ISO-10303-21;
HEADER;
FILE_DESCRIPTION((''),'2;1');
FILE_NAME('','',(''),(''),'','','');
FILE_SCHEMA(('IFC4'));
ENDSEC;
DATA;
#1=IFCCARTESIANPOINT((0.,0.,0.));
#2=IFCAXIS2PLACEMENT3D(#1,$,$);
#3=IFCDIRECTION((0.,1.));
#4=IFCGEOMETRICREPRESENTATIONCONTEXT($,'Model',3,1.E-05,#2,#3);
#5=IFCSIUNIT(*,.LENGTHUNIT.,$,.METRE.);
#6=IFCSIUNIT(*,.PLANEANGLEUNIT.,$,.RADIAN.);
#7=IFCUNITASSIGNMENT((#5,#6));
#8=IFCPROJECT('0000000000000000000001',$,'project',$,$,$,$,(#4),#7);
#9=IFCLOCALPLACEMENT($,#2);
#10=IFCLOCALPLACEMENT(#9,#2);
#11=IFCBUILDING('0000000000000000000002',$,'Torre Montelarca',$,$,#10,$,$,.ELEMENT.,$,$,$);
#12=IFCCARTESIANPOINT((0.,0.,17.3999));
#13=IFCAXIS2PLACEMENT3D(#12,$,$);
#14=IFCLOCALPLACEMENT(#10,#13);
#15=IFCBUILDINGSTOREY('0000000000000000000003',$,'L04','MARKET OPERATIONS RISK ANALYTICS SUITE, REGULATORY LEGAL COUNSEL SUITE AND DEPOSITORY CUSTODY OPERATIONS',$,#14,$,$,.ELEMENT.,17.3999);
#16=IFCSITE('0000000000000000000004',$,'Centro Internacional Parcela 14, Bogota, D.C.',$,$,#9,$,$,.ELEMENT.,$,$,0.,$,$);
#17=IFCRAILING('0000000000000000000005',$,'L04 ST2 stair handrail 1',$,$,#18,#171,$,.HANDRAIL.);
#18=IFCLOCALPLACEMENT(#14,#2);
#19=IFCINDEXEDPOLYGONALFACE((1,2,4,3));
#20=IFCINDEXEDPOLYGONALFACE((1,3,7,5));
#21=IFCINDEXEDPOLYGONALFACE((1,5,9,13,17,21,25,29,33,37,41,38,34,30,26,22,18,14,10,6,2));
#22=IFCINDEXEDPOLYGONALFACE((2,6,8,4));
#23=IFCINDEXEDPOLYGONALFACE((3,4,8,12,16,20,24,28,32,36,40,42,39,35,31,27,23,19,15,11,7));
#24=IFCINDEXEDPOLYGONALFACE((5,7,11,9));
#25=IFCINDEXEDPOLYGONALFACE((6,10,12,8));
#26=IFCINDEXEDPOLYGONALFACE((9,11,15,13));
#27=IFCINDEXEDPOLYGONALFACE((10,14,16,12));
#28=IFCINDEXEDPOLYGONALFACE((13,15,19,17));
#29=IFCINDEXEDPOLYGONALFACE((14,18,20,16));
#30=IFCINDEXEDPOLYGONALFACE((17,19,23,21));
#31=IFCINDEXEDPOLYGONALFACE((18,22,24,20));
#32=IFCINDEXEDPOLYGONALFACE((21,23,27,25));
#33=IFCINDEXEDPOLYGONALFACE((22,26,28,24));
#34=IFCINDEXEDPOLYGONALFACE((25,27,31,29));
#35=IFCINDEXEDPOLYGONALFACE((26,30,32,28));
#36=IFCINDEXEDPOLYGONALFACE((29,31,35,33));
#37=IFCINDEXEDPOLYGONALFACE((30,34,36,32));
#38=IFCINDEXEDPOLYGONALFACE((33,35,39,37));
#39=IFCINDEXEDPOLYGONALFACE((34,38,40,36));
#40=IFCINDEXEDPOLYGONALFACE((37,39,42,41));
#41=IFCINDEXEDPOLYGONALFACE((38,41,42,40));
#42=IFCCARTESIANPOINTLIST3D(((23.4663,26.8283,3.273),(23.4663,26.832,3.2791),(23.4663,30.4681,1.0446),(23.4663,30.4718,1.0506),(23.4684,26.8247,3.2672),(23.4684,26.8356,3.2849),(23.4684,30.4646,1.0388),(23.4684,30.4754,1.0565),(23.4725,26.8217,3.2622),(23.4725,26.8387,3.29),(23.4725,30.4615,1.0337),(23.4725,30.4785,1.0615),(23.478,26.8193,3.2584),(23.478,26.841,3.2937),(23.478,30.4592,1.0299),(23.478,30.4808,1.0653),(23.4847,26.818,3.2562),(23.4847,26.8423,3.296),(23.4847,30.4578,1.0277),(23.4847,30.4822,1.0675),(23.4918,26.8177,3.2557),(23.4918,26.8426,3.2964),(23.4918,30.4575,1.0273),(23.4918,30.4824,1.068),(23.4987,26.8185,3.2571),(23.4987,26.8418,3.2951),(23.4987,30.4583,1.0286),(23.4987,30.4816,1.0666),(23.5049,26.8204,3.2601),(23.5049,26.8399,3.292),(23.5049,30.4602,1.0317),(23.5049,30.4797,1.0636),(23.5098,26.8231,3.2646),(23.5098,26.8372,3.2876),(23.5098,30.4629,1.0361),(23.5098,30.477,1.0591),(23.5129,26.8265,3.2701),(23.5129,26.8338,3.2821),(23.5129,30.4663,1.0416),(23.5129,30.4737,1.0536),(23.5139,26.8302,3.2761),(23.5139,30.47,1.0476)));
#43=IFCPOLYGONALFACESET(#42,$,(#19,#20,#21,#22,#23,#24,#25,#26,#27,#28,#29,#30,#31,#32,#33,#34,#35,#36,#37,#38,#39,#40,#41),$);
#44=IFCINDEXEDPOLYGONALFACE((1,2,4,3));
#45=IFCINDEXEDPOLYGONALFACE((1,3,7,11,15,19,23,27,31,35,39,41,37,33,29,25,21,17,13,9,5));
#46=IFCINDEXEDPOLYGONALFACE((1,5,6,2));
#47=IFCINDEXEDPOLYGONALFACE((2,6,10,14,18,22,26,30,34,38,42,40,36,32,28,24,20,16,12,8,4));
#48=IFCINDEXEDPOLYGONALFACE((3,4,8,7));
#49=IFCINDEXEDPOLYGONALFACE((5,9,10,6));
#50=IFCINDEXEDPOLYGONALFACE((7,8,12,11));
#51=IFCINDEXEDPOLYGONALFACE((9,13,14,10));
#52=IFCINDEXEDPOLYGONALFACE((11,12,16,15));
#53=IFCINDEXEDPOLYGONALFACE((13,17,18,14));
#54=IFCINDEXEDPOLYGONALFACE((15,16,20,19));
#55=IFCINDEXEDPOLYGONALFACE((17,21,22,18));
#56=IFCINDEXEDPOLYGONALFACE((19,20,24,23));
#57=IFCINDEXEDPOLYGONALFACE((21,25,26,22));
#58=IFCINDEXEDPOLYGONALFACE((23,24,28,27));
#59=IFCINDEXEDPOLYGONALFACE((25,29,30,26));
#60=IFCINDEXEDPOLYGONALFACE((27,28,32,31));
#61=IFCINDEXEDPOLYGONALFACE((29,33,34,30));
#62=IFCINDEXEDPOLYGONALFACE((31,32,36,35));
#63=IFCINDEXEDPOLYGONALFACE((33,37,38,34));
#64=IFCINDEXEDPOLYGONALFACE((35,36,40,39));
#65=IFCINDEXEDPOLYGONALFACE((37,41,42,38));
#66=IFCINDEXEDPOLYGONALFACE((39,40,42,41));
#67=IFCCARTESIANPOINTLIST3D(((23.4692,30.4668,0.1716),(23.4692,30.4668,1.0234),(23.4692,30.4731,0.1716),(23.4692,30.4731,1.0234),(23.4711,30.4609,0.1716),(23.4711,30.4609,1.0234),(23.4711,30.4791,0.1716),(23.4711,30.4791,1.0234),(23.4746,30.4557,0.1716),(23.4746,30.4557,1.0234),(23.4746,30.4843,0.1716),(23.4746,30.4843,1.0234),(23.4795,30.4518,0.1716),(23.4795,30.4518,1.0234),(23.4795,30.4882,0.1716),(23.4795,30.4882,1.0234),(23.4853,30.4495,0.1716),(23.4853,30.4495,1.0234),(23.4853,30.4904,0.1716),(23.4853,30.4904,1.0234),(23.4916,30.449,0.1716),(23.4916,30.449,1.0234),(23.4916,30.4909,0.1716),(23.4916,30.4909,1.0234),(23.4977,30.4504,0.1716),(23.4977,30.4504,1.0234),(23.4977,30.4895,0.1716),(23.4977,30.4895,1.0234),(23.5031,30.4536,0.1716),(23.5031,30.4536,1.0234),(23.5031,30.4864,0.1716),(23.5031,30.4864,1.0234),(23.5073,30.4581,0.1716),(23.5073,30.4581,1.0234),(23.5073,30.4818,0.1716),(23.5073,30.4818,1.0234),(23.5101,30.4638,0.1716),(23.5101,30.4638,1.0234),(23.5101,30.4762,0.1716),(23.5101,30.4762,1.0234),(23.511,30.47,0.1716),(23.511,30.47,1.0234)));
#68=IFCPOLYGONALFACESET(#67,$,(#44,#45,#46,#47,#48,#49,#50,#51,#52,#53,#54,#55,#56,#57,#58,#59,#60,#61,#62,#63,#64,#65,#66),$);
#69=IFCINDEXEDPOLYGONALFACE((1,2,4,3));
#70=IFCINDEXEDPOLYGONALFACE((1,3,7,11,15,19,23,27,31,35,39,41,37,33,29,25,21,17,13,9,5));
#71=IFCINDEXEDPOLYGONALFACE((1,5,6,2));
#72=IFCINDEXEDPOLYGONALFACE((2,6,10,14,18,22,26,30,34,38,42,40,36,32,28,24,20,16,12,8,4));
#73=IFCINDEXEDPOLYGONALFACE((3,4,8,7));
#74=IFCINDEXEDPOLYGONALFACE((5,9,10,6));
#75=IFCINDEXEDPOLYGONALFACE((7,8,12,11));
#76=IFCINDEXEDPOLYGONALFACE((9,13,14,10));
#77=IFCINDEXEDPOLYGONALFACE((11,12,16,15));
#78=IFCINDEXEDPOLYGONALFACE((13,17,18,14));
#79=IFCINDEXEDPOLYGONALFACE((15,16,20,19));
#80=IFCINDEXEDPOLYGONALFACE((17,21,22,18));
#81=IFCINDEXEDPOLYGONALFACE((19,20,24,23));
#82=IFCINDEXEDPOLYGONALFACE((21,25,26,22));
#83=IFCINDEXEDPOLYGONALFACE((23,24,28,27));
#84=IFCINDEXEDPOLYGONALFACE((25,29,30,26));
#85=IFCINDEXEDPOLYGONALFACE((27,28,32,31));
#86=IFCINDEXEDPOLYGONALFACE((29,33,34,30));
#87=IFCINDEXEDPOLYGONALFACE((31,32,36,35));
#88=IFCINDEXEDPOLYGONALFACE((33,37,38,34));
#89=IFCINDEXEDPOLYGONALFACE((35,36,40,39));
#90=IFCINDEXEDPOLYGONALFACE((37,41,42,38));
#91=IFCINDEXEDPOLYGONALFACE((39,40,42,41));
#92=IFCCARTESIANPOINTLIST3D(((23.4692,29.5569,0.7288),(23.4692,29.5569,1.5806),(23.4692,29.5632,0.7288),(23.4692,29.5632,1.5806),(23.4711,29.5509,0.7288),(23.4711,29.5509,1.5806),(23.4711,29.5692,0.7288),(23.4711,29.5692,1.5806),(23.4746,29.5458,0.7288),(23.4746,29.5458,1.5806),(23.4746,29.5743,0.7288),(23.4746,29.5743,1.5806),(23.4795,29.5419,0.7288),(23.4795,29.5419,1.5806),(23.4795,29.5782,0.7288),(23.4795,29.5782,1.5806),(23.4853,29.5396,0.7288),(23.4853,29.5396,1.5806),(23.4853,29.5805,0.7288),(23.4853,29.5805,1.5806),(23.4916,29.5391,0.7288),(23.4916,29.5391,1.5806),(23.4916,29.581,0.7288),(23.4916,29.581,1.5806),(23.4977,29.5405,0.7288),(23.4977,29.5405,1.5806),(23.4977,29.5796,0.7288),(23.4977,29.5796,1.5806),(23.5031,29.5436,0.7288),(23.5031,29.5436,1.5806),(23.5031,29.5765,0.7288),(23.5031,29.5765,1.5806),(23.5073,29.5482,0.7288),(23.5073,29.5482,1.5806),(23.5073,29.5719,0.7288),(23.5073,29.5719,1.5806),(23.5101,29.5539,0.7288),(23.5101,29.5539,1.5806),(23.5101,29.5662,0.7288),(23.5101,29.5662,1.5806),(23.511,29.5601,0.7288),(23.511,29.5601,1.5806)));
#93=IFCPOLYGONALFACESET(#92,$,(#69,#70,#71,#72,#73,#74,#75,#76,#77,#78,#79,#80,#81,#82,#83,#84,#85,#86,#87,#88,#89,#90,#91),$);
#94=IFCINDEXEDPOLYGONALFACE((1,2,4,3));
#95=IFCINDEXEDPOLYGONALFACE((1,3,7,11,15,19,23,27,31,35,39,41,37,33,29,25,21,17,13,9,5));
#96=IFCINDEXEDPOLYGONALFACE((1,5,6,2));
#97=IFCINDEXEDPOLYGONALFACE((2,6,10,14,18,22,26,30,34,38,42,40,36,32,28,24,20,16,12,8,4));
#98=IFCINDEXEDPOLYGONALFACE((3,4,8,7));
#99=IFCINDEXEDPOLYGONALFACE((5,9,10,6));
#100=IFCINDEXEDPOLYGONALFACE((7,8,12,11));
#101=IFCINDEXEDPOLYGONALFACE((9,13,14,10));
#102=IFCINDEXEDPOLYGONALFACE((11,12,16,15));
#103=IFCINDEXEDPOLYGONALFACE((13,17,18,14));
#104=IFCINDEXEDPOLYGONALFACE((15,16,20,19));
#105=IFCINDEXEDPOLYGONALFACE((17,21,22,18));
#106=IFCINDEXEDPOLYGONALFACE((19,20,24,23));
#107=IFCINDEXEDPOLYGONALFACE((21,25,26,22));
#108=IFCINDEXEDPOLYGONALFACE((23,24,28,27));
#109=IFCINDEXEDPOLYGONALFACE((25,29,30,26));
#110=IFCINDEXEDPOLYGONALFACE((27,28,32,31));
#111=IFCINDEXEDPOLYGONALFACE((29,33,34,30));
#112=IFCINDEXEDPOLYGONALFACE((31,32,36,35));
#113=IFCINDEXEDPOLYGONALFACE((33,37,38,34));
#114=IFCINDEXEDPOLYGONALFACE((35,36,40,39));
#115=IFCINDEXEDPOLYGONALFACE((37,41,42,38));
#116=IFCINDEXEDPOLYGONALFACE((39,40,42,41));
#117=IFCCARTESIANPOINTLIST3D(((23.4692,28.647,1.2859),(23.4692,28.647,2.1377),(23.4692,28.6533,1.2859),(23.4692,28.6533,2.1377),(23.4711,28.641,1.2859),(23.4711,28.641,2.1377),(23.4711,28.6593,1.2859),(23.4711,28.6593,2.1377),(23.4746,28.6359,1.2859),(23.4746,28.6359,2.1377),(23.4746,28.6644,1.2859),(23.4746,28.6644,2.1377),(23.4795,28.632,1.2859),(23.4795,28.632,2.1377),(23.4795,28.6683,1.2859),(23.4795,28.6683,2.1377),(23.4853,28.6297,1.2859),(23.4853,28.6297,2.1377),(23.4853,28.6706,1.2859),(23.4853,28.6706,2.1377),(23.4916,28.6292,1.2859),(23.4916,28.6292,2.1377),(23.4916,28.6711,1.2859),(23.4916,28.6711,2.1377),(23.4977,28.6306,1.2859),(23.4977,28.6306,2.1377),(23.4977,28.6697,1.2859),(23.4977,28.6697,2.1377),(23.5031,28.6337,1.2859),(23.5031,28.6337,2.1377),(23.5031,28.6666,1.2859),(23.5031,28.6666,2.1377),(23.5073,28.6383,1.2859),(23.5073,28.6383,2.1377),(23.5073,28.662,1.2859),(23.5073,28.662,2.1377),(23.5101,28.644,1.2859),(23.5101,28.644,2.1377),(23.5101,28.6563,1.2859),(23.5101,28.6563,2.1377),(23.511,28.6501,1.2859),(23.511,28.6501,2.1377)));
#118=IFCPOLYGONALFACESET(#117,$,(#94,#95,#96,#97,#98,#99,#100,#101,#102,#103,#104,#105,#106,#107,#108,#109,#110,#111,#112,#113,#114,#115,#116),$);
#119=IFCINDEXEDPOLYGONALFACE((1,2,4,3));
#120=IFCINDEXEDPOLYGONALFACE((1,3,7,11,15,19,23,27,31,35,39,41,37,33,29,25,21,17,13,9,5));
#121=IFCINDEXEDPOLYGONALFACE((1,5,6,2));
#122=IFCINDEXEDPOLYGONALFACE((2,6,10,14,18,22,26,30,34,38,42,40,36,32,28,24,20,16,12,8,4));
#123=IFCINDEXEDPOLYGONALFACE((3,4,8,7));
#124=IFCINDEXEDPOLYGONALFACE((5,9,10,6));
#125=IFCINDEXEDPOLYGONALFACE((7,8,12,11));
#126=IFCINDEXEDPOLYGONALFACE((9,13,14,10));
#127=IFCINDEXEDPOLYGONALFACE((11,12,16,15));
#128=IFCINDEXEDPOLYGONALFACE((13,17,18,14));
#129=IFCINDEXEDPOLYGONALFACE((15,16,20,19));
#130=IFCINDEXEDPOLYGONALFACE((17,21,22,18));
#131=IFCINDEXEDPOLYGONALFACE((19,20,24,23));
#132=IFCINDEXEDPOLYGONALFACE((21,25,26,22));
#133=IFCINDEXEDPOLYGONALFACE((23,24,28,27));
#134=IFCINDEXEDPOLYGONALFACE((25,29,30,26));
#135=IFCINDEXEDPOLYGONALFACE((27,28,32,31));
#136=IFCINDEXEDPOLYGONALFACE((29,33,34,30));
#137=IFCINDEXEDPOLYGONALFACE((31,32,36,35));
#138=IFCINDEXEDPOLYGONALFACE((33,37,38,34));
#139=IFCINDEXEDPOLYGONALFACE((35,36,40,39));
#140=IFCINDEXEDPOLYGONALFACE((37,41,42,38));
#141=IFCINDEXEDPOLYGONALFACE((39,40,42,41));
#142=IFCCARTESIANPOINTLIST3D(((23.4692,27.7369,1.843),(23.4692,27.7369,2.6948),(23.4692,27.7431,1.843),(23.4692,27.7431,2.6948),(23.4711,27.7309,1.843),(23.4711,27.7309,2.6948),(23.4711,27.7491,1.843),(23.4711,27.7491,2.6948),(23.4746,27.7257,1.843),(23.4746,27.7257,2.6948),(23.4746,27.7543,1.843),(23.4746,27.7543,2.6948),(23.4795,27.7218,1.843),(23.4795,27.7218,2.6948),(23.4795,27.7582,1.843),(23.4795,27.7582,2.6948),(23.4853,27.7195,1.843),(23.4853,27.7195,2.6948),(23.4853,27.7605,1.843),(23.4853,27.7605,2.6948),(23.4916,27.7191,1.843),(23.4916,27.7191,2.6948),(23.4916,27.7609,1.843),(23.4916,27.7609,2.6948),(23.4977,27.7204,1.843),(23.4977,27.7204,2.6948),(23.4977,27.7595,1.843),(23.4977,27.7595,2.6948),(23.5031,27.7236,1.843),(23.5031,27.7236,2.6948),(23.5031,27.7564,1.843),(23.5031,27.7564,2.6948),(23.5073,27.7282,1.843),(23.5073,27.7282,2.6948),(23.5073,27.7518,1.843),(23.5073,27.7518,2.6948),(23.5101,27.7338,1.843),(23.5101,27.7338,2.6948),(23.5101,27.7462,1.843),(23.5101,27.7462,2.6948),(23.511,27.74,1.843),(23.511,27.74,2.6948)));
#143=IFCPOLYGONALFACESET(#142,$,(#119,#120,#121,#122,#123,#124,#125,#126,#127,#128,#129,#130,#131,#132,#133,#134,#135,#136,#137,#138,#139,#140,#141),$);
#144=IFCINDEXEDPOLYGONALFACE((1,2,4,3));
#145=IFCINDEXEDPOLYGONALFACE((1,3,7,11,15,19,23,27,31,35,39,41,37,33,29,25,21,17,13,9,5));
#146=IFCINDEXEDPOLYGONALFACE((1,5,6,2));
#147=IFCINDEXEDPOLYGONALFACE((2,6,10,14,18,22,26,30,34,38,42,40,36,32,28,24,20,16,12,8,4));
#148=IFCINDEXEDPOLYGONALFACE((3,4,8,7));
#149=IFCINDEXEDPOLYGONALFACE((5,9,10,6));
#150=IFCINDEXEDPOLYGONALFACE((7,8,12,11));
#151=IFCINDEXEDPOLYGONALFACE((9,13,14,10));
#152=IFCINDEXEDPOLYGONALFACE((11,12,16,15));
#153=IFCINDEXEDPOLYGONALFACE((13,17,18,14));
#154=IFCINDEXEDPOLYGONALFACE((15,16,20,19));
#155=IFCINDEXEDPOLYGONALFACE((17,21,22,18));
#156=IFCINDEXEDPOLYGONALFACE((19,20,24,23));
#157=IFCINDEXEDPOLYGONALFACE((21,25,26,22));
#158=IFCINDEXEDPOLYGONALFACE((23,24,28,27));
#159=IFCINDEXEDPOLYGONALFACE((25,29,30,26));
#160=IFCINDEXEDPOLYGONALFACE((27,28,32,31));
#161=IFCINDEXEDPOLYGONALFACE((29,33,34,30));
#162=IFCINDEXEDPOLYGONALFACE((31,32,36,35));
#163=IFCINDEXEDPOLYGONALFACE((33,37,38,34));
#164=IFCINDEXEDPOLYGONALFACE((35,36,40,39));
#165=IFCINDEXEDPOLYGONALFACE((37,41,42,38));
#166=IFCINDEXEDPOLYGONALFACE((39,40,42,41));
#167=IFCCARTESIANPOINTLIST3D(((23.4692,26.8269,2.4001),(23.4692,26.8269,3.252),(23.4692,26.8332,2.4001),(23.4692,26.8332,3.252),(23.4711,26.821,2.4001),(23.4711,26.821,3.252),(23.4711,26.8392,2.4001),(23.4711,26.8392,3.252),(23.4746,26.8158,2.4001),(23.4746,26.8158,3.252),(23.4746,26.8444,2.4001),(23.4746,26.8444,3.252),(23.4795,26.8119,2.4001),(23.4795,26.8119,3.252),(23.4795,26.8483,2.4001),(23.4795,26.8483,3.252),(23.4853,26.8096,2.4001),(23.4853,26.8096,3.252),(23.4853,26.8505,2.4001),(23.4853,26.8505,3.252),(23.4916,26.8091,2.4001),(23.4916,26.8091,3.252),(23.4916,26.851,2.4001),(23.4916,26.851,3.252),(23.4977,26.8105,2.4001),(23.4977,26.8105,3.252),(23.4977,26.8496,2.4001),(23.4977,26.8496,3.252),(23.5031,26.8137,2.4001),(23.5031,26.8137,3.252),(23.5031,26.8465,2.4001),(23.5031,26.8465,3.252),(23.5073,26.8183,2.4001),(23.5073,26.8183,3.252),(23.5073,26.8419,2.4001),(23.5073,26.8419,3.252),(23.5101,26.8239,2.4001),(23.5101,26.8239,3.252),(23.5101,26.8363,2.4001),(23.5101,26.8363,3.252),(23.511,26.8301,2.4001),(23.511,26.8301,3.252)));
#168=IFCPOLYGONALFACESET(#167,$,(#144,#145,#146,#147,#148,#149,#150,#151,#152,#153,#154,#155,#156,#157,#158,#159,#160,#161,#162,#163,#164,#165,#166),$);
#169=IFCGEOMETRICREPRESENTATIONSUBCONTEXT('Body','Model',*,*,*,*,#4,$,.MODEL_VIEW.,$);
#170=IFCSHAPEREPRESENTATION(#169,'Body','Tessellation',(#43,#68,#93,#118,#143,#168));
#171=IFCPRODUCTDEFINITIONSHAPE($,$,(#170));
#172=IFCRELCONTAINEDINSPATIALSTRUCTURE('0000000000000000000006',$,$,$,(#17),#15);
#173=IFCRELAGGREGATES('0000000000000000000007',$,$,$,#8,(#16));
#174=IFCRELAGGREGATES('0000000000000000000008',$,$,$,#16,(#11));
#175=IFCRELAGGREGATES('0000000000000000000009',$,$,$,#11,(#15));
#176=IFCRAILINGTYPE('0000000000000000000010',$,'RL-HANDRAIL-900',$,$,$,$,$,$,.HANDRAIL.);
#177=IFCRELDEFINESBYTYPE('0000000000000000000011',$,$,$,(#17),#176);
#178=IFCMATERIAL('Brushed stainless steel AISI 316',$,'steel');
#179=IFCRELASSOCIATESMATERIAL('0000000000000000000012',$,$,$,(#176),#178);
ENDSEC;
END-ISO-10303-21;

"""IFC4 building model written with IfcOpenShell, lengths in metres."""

from ifc_helpers import new_model, si_unit, direction, frame, origin, origin_2d, place, context, subcontext, project, spatial, circle, extrude, material, type_object, element, save


model = new_model("IFC4")

# Units and contexts
model_context = context("Model", 3, precision=1e-05, world=origin(), true_north=direction((0.0, 1.0)))
body_context = subcontext(model_context, "Body", "Model", "MODEL_VIEW")
ifc_project = project(units=[si_unit("LENGTHUNIT", "METRE"), si_unit("PLANEANGLEUNIT", "RADIAN")], contexts=[model_context])

# Site, building, storey
site_placement = place(None, origin())
site = spatial("IfcSite", under=ifc_project, at=site_placement, Name="Centro Internacional Parcela 14, Bogota, D.C.", CompositionType="ELEMENT", RefElevation=0.0)
building_placement = place(site_placement, origin())
building = spatial("IfcBuilding", under=site, at=building_placement, Name="Torre Montelarca", CompositionType="ELEMENT")
storey_placement = place(building_placement, frame((0.0, 0.0, 17.3999)))
storey = spatial("IfcBuildingStorey", under=building, at=storey_placement, Name="L04", Description="MARKET OPERATIONS RISK ANALYTICS SUITE, REGULATORY LEGAL COUNSEL SUITE AND DEPOSITORY CUSTODY OPERATIONS", CompositionType="ELEMENT", Elevation=17.3999)

# Shared definitions
ifc_material_1 = material(Name="Brushed stainless steel AISI 316", Category="steel")

# Railing
railing_type_1 = type_object("IfcRailingType", Name="RL-HANDRAIL-900", PredefinedType="HANDRAIL", material=ifc_material_1)
railing_1_placement = place(storey_placement, frame((23.49, 30.47, 0.1716)))
element("IfcRailing", 1, at=railing_1_placement, inside=storey, type_object=railing_type_1, Name="L04 ST2 stair handrail 1", PredefinedType="HANDRAIL", context=body_context, shape_type="SweptSolid", body=[
    extrude(circle(Radius=0.0239, at=origin_2d()), frame((0.0, 0.0, 0.876), z_axis=(0.0, -0.85285, 0.522156), x_axis=(1.0, 0.0, 0.0)), (0.0, 0.0, 1.0), 4.2678),
    extrude(circle(Radius=0.021, at=origin_2d()), origin(), (0.0, 0.0, 1.0), 0.8518),
    extrude(circle(Radius=0.021, at=origin_2d()), frame((0.0, -0.9099, 0.5571)), (0.0, 0.0, 1.0), 0.8518),
    extrude(circle(Radius=0.021, at=origin_2d()), frame((0.0, -1.8198, 1.1143)), (0.0, 0.0, 1.0), 0.8518),
    extrude(circle(Radius=0.021, at=origin_2d()), frame((0.0, -2.73, 1.6714)), (0.0, 0.0, 1.0), 0.8518),
    extrude(circle(Radius=0.021, at=origin_2d()), frame((0.0, -3.6399, 2.2285)), (0.0, 0.0, 1.0), 0.8518),
])

save(model, "model.ifc")
